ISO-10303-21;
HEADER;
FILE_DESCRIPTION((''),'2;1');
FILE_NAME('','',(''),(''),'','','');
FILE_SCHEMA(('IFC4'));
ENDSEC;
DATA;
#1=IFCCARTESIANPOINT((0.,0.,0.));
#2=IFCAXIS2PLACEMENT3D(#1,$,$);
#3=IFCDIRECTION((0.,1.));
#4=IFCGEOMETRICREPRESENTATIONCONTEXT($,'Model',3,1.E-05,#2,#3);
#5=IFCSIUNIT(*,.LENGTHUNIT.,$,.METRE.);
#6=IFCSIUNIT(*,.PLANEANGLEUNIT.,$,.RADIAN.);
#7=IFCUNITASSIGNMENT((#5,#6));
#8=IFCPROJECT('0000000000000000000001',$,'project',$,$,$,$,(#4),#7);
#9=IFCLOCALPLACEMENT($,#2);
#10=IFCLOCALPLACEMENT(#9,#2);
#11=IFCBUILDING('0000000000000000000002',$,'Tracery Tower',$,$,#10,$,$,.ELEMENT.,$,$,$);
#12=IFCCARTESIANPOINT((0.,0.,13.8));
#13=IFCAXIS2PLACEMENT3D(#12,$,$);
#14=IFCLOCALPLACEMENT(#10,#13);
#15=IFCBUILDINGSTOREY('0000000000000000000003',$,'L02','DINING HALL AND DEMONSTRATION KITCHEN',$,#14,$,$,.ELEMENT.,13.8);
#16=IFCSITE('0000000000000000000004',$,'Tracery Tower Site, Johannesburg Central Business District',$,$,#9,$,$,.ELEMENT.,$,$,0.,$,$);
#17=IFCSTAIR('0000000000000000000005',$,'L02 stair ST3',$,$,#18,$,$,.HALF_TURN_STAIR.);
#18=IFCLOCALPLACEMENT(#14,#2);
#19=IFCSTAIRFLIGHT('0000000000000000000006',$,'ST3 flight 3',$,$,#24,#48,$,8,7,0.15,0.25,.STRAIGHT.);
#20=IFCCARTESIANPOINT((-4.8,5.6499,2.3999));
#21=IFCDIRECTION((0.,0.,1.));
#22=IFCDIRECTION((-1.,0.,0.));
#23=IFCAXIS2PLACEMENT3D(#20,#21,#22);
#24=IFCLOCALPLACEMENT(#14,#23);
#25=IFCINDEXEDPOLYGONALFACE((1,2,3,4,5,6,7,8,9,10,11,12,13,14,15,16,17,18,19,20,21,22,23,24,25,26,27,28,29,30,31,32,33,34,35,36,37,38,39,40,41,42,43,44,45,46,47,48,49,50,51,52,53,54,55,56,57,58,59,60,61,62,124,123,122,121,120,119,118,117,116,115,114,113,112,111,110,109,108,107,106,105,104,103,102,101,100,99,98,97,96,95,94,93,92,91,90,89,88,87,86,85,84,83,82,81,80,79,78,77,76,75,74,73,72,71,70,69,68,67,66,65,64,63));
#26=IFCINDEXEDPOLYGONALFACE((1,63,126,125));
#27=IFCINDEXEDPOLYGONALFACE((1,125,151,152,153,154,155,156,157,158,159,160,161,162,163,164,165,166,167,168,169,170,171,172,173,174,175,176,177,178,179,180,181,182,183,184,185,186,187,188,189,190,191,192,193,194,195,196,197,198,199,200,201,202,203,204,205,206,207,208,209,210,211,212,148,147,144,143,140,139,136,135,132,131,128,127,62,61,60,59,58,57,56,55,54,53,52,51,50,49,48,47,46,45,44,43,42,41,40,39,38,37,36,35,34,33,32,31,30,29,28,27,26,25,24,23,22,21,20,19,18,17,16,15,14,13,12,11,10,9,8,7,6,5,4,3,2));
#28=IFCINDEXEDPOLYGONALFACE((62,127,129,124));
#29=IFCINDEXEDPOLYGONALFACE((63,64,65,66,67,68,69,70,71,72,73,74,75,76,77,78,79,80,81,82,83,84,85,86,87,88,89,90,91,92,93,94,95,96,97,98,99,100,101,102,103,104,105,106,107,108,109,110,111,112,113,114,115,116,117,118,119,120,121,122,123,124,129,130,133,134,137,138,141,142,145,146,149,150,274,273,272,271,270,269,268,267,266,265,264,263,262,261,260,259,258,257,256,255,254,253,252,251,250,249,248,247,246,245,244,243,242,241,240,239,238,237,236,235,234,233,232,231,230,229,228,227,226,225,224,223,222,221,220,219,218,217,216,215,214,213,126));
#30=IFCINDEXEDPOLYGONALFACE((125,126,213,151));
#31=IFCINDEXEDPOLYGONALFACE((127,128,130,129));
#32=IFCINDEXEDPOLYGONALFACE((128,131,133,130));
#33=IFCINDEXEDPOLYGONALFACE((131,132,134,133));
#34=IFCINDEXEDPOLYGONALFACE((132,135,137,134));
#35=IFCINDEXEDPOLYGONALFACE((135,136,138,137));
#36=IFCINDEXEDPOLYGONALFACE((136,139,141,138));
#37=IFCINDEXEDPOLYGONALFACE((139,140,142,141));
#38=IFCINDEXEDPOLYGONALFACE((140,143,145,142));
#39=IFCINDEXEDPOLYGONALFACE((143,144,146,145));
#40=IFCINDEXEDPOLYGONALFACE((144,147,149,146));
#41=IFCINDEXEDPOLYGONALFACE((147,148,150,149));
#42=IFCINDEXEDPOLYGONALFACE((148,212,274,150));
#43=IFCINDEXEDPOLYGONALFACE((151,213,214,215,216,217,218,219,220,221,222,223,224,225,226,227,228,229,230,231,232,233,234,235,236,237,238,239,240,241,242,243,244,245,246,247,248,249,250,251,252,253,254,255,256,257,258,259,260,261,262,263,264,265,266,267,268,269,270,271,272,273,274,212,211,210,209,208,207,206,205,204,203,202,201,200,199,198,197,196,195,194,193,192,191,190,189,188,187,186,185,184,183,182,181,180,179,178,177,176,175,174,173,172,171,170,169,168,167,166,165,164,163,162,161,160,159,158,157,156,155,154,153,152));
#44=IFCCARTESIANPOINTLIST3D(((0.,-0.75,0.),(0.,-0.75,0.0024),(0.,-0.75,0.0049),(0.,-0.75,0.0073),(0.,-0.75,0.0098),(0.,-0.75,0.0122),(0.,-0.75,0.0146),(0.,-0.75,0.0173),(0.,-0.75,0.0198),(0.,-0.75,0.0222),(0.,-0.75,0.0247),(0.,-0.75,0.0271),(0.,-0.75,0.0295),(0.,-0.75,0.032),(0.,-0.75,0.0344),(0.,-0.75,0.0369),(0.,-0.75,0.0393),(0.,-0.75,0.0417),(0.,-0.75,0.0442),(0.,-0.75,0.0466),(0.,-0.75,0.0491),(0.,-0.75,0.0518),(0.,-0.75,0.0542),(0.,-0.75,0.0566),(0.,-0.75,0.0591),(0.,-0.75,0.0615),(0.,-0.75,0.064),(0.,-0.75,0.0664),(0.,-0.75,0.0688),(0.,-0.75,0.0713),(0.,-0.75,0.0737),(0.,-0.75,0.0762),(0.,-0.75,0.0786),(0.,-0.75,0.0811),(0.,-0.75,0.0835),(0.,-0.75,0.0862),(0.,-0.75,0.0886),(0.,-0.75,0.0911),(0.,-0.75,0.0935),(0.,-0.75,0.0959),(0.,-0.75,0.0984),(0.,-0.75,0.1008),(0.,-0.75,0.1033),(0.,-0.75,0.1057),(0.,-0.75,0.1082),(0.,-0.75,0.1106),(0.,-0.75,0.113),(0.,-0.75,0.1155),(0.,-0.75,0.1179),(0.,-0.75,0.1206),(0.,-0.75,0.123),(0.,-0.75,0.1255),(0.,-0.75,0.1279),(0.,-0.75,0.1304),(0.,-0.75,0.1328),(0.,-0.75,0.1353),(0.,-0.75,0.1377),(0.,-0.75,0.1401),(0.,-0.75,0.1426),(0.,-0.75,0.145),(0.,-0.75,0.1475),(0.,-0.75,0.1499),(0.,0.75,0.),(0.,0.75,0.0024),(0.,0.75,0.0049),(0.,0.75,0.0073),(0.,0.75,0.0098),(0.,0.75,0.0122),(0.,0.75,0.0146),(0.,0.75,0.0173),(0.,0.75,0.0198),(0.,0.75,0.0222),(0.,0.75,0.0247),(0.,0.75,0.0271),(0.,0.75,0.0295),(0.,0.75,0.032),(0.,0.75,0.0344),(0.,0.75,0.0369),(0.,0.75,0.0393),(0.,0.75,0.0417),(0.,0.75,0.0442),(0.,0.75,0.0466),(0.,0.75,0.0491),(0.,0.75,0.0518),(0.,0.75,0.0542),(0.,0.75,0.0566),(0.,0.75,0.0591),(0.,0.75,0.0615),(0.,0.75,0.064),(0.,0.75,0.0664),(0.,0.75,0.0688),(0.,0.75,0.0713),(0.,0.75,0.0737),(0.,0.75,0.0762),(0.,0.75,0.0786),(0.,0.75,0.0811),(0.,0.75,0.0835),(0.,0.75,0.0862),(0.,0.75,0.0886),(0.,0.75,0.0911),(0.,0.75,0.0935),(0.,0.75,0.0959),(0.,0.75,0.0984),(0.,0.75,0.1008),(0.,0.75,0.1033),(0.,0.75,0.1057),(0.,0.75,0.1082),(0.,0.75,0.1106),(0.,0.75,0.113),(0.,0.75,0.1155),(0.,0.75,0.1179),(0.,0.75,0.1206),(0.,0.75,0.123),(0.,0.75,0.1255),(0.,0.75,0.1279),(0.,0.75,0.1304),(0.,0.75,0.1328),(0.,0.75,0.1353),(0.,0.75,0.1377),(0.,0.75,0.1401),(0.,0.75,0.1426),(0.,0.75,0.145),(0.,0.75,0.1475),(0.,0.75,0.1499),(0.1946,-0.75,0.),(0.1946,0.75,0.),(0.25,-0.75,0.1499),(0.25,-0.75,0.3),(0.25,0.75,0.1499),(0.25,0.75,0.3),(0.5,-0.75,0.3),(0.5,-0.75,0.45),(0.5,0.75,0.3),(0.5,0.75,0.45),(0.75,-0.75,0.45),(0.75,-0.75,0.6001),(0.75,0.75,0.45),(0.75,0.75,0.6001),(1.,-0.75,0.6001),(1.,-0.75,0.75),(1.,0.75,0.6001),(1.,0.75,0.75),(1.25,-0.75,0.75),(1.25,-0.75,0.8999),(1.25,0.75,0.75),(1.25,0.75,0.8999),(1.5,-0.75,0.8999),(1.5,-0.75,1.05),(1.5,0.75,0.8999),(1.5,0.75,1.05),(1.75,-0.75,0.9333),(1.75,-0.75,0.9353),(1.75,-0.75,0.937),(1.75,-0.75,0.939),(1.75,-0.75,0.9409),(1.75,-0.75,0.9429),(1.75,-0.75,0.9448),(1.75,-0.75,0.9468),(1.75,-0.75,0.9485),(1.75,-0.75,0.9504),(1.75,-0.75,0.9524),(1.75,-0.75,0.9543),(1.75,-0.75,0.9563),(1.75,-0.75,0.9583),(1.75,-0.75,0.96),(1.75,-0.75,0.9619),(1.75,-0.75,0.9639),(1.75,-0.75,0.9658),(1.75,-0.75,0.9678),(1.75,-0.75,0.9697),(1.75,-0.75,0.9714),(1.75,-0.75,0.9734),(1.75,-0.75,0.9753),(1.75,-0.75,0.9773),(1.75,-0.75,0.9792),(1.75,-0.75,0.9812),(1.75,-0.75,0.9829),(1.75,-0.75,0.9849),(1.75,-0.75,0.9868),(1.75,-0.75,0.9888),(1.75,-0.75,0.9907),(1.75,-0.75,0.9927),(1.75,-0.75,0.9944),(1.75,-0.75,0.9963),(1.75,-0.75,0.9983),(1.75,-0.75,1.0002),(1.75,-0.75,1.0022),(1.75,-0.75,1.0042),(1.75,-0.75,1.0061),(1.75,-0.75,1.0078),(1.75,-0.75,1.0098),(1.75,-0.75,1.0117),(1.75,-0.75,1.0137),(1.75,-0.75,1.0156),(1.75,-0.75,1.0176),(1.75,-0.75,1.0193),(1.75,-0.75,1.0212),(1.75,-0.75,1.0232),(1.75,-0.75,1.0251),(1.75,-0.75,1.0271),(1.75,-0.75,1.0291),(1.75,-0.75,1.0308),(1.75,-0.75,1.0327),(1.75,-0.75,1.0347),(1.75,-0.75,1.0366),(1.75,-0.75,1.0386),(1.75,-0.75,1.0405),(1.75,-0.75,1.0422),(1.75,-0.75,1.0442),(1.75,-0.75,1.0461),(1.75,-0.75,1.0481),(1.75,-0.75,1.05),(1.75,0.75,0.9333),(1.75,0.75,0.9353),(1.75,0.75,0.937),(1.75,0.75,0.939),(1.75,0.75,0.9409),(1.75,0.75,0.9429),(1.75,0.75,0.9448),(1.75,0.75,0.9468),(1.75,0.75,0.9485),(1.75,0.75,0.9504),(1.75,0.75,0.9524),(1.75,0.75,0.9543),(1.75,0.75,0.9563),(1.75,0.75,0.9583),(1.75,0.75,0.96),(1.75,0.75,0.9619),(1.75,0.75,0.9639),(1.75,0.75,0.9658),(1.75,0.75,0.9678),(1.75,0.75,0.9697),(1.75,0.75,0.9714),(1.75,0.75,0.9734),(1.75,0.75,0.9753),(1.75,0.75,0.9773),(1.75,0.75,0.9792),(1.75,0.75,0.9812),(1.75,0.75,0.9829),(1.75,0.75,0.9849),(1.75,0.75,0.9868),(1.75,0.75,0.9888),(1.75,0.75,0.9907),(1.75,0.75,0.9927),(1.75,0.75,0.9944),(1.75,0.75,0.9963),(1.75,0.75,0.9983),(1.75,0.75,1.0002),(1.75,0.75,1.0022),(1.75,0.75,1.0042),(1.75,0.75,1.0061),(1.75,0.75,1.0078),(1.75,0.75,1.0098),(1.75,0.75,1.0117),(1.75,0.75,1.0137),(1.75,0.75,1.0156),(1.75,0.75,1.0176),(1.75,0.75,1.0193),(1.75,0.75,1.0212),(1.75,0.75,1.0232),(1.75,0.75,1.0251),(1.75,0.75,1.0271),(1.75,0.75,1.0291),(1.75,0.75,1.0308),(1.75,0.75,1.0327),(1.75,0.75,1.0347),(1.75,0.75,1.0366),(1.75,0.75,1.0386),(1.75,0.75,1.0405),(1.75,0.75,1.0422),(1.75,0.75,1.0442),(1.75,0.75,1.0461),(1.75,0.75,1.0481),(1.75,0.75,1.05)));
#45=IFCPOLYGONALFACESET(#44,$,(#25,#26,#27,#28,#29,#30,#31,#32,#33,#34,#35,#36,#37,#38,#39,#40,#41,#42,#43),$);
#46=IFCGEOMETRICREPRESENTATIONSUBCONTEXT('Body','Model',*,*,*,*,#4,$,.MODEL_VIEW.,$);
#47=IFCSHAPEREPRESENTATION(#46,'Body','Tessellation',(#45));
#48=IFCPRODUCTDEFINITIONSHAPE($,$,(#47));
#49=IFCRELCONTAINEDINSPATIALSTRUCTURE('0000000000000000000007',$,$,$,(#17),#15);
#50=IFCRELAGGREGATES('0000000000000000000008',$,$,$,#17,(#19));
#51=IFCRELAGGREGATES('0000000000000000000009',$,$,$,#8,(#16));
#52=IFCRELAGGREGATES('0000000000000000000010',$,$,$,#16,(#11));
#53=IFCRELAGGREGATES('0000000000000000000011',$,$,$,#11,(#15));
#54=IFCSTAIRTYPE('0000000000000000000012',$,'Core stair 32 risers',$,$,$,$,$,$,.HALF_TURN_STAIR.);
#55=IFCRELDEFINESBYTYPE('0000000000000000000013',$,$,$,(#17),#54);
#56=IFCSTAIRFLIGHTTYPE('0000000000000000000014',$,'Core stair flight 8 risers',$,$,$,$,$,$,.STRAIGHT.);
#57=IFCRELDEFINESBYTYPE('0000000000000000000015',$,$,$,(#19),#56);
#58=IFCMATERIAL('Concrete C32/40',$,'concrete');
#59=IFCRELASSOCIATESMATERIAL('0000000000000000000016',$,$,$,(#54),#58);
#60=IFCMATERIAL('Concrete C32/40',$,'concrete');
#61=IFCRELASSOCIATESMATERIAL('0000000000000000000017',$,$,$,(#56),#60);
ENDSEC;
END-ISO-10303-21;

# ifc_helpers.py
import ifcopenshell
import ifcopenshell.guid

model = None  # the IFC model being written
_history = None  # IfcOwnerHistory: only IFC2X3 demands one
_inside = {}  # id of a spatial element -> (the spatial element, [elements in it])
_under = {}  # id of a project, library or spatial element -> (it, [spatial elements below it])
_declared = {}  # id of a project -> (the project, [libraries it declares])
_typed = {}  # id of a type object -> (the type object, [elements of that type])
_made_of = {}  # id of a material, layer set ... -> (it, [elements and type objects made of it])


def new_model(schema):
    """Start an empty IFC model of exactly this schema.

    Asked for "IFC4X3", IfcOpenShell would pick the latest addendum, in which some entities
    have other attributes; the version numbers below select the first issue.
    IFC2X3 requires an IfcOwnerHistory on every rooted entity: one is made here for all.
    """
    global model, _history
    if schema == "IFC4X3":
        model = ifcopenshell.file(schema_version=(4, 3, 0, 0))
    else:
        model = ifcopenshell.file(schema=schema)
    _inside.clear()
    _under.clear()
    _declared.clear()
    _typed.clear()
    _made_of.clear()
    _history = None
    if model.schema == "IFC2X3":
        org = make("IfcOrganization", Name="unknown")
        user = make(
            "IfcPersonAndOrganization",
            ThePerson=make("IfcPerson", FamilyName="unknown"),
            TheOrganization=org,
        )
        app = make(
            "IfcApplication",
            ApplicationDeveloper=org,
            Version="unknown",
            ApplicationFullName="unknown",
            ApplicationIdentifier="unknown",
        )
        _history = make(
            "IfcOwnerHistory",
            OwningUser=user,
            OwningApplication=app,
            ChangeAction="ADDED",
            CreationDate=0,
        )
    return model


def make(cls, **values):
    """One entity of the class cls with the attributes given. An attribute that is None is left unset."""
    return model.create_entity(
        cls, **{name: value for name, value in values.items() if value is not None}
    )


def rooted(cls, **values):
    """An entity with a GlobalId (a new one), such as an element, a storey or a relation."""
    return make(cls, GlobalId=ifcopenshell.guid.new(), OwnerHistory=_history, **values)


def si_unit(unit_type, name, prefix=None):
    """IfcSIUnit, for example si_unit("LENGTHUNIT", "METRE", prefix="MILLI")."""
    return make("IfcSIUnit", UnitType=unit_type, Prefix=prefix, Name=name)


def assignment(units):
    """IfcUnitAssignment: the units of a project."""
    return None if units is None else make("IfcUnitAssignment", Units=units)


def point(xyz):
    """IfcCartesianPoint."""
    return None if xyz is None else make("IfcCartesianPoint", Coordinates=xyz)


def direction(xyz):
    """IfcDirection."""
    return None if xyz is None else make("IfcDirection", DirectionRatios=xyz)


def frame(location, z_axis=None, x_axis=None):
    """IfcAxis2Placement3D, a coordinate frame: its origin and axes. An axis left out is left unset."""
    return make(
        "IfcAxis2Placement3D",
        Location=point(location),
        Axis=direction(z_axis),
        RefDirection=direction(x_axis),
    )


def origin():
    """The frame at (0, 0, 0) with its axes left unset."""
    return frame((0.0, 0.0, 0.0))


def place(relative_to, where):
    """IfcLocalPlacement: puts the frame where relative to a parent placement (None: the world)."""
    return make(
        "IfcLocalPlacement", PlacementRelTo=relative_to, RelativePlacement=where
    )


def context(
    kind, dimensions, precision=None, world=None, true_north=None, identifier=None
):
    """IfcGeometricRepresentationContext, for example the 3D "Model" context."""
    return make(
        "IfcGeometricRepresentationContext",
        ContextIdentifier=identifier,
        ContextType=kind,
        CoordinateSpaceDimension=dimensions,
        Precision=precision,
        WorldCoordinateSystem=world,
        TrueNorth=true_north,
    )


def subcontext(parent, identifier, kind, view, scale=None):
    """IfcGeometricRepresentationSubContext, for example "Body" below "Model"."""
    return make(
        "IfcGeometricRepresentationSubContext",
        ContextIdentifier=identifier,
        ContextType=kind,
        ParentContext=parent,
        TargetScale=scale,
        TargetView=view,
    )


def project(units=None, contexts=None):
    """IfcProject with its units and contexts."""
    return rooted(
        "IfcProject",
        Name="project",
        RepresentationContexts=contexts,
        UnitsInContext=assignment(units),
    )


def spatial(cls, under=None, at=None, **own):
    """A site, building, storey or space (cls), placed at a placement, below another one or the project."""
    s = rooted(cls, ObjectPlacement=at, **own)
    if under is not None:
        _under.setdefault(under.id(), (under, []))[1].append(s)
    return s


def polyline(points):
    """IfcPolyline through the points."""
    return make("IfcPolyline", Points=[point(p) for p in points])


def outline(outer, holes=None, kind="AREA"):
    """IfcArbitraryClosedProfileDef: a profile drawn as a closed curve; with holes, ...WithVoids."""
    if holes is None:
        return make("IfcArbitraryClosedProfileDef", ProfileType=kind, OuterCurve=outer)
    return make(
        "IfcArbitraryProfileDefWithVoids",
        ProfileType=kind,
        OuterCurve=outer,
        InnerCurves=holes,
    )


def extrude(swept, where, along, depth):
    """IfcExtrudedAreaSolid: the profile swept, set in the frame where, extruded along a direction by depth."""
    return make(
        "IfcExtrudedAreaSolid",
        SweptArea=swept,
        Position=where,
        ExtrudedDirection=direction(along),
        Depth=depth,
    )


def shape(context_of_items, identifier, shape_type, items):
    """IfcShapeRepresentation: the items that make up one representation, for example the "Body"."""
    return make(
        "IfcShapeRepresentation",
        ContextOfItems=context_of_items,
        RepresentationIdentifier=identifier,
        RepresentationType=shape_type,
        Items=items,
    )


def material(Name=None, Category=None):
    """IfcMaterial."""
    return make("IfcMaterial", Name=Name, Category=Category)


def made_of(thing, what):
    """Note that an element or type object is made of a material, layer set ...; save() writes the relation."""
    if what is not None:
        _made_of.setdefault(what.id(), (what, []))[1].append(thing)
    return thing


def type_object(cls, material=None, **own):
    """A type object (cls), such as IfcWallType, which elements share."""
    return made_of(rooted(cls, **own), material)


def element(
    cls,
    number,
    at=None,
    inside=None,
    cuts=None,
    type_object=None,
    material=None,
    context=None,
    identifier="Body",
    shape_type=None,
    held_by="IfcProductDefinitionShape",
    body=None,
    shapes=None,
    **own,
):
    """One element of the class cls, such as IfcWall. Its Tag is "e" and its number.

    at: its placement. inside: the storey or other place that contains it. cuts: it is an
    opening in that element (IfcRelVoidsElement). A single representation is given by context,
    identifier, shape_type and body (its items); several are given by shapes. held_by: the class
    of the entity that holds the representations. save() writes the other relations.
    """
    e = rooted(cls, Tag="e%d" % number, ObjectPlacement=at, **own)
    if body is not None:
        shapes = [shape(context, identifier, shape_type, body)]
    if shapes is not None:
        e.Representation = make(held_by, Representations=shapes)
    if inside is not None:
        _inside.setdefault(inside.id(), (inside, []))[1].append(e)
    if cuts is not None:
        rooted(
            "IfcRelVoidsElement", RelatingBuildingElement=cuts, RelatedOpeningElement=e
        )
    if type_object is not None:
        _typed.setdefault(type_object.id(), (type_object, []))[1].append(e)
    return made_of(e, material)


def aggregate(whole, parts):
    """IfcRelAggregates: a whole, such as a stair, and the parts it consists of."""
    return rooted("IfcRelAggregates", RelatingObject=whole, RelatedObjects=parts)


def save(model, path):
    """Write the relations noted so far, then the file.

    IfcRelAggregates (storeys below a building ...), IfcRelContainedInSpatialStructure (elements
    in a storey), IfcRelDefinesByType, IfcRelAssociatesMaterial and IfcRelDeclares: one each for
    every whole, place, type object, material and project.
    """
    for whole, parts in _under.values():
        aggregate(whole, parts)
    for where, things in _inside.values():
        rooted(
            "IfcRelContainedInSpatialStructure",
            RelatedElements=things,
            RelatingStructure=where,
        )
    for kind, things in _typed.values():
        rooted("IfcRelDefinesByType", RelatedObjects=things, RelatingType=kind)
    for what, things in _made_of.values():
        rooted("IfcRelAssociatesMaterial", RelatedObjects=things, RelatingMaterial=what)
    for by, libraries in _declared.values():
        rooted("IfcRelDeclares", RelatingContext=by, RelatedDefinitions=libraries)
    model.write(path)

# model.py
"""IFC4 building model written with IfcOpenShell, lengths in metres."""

from ifc_helpers import new_model, si_unit, direction, frame, origin, place, context, subcontext, project, spatial, polyline, outline, extrude, material, type_object, element, aggregate, save


model = new_model("IFC4")

# Units and contexts
model_context = context("Model", 3, precision=1e-05, world=origin(), true_north=direction((0.0, 1.0)))
body_context = subcontext(model_context, "Body", "Model", "MODEL_VIEW")
ifc_project = project(units=[si_unit("LENGTHUNIT", "METRE"), si_unit("PLANEANGLEUNIT", "RADIAN")], contexts=[model_context])

# Site, building, storey
site_placement = place(None, origin())
site = spatial("IfcSite", under=ifc_project, at=site_placement, Name="Tracery Tower Site, Johannesburg Central Business District", CompositionType="ELEMENT", RefElevation=0.0)
building_placement = place(site_placement, origin())
building = spatial("IfcBuilding", under=site, at=building_placement, Name="Tracery Tower", CompositionType="ELEMENT")
storey_placement = place(building_placement, frame((0.0, 0.0, 13.8)))
storey = spatial("IfcBuildingStorey", under=building, at=storey_placement, Name="L02", Description="DINING HALL AND DEMONSTRATION KITCHEN", CompositionType="ELEMENT", Elevation=13.8)

# Stair, stair flight
ifc_material_1 = material(Name="Concrete C32/40", Category="concrete")
stair_type = type_object("IfcStairType", Name="Core stair 32 risers", PredefinedType="HALF_TURN_STAIR", material=ifc_material_1)
stair_placement = place(storey_placement, origin())
stair = element("IfcStair", 1, at=stair_placement, inside=storey, type_object=stair_type, Name="L02 stair ST3", PredefinedType="HALF_TURN_STAIR")
ifc_material_2 = material(Name="Concrete C32/40", Category="concrete")
stair_flight_type = type_object("IfcStairFlightType", Name="Core stair flight 8 risers", PredefinedType="STRAIGHT", material=ifc_material_2)
stair_flight_1_placement = place(storey_placement, frame((-4.8, 5.6499, 2.3999), z_axis=(0.0, 0.0, 1.0), x_axis=(-1.0, 0.0, 0.0)))
stair_flight_1 = element("IfcStairFlight", 2, at=stair_flight_1_placement, type_object=stair_flight_type, Name="ST3 flight 3", NumberOfRisers=8, NumberOfTreads=7, PredefinedType="STRAIGHT", RiserHeight=0.15, TreadLength=0.25, context=body_context, shape_type="SweptSolid", body=[
    extrude(outline(polyline([(0.0, 0.0), (0.0, 0.0024), (0.0, 0.0049), (0.0, 0.0073), (0.0, 0.0098), (0.0, 0.0122), (0.0, 0.0146), (0.0, 0.0173), (0.0, 0.0198), (0.0, 0.0222), (0.0, 0.0247), (0.0, 0.0271), (0.0, 0.0295), (0.0, 0.032), (0.0, 0.0344), (0.0, 0.0369), (0.0, 0.0393), (0.0, 0.0417), (0.0, 0.0442), (0.0, 0.0466), (0.0, 0.0491), (0.0, 0.0518), (0.0, 0.0542), (0.0, 0.0566), (0.0, 0.0591), (0.0, 0.0615), (0.0, 0.064), (0.0, 0.0664), (0.0, 0.0688), (0.0, 0.0713), (0.0, 0.0737), (0.0, 0.0762), (0.0, 0.0786), (0.0, 0.0811), (0.0, 0.0835), (0.0, 0.0862), (0.0, 0.0886), (0.0, 0.0911), (0.0, 0.0935), (0.0, 0.0959), (0.0, 0.0984), (0.0, 0.1008), (0.0, 0.1033), (0.0, 0.1057), (0.0, 0.1082), (0.0, 0.1106), (0.0, 0.113), (0.0, 0.1155), (0.0, 0.1179), (0.0, 0.1206), (0.0, 0.123), (0.0, 0.1255), (0.0, 0.1279), (0.0, 0.1304), (0.0, 0.1328), (0.0, 0.1353), (0.0, 0.1377), (0.0, 0.1401), (0.0, 0.1426), (0.0, 0.145), (0.0, 0.1475), (0.0, 0.1499), (0.25, 0.1499), (0.25, 0.3), (0.5, 0.3), (0.5, 0.45), (0.75, 0.45), (0.75, 0.6001), (1.0, 0.6001), (1.0, 0.75), (1.25, 0.75), (1.25, 0.8999), (1.5, 0.8999), (1.5, 1.05), (1.75, 1.05), (1.75, 1.0481), (1.75, 1.0461), (1.75, 1.0442), (1.75, 1.0422), (1.75, 1.0405), (1.75, 1.0386), (1.75, 1.0366), (1.75, 1.0347), (1.75, 1.0327), (1.75, 1.0308), (1.75, 1.0291), (1.75, 1.0271), (1.75, 1.0251), (1.75, 1.0232), (1.75, 1.0212), (1.75, 1.0193), (1.75, 1.0176), (1.75, 1.0156), (1.75, 1.0137), (1.75, 1.0117), (1.75, 1.0098), (1.75, 1.0078), (1.75, 1.0061), (1.75, 1.0042), (1.75, 1.0022), (1.75, 1.0002), (1.75, 0.9983), (1.75, 0.9963), (1.75, 0.9944), (1.75, 0.9927), (1.75, 0.9907), (1.75, 0.9888), (1.75, 0.9868), (1.75, 0.9849), (1.75, 0.9829), (1.75, 0.9812), (1.75, 0.9792), (1.75, 0.9773), (1.75, 0.9753), (1.75, 0.9734), (1.75, 0.9714), (1.75, 0.9697), (1.75, 0.9678), (1.75, 0.9658), (1.75, 0.9639), (1.75, 0.9619), (1.75, 0.96), (1.75, 0.9583), (1.75, 0.9563), (1.75, 0.9543), (1.75, 0.9524), (1.75, 0.9504), (1.75, 0.9485), (1.75, 0.9468), (1.75, 0.9448), (1.75, 0.9429), (1.75, 0.9409), (1.75, 0.939), (1.75, 0.937), (1.75, 0.9353), (1.75, 0.9333), (0.1946, 0.0), (0.0, 0.0)])), frame((0.0, 0.75, 0.0), z_axis=(0.0, -1.0, 0.0), x_axis=(1.0, 0.0, 0.0)), (0.0, 0.0, 1.0), 1.5),
])
aggregate(stair, [stair_flight_1])

save(model, "model.ifc")
